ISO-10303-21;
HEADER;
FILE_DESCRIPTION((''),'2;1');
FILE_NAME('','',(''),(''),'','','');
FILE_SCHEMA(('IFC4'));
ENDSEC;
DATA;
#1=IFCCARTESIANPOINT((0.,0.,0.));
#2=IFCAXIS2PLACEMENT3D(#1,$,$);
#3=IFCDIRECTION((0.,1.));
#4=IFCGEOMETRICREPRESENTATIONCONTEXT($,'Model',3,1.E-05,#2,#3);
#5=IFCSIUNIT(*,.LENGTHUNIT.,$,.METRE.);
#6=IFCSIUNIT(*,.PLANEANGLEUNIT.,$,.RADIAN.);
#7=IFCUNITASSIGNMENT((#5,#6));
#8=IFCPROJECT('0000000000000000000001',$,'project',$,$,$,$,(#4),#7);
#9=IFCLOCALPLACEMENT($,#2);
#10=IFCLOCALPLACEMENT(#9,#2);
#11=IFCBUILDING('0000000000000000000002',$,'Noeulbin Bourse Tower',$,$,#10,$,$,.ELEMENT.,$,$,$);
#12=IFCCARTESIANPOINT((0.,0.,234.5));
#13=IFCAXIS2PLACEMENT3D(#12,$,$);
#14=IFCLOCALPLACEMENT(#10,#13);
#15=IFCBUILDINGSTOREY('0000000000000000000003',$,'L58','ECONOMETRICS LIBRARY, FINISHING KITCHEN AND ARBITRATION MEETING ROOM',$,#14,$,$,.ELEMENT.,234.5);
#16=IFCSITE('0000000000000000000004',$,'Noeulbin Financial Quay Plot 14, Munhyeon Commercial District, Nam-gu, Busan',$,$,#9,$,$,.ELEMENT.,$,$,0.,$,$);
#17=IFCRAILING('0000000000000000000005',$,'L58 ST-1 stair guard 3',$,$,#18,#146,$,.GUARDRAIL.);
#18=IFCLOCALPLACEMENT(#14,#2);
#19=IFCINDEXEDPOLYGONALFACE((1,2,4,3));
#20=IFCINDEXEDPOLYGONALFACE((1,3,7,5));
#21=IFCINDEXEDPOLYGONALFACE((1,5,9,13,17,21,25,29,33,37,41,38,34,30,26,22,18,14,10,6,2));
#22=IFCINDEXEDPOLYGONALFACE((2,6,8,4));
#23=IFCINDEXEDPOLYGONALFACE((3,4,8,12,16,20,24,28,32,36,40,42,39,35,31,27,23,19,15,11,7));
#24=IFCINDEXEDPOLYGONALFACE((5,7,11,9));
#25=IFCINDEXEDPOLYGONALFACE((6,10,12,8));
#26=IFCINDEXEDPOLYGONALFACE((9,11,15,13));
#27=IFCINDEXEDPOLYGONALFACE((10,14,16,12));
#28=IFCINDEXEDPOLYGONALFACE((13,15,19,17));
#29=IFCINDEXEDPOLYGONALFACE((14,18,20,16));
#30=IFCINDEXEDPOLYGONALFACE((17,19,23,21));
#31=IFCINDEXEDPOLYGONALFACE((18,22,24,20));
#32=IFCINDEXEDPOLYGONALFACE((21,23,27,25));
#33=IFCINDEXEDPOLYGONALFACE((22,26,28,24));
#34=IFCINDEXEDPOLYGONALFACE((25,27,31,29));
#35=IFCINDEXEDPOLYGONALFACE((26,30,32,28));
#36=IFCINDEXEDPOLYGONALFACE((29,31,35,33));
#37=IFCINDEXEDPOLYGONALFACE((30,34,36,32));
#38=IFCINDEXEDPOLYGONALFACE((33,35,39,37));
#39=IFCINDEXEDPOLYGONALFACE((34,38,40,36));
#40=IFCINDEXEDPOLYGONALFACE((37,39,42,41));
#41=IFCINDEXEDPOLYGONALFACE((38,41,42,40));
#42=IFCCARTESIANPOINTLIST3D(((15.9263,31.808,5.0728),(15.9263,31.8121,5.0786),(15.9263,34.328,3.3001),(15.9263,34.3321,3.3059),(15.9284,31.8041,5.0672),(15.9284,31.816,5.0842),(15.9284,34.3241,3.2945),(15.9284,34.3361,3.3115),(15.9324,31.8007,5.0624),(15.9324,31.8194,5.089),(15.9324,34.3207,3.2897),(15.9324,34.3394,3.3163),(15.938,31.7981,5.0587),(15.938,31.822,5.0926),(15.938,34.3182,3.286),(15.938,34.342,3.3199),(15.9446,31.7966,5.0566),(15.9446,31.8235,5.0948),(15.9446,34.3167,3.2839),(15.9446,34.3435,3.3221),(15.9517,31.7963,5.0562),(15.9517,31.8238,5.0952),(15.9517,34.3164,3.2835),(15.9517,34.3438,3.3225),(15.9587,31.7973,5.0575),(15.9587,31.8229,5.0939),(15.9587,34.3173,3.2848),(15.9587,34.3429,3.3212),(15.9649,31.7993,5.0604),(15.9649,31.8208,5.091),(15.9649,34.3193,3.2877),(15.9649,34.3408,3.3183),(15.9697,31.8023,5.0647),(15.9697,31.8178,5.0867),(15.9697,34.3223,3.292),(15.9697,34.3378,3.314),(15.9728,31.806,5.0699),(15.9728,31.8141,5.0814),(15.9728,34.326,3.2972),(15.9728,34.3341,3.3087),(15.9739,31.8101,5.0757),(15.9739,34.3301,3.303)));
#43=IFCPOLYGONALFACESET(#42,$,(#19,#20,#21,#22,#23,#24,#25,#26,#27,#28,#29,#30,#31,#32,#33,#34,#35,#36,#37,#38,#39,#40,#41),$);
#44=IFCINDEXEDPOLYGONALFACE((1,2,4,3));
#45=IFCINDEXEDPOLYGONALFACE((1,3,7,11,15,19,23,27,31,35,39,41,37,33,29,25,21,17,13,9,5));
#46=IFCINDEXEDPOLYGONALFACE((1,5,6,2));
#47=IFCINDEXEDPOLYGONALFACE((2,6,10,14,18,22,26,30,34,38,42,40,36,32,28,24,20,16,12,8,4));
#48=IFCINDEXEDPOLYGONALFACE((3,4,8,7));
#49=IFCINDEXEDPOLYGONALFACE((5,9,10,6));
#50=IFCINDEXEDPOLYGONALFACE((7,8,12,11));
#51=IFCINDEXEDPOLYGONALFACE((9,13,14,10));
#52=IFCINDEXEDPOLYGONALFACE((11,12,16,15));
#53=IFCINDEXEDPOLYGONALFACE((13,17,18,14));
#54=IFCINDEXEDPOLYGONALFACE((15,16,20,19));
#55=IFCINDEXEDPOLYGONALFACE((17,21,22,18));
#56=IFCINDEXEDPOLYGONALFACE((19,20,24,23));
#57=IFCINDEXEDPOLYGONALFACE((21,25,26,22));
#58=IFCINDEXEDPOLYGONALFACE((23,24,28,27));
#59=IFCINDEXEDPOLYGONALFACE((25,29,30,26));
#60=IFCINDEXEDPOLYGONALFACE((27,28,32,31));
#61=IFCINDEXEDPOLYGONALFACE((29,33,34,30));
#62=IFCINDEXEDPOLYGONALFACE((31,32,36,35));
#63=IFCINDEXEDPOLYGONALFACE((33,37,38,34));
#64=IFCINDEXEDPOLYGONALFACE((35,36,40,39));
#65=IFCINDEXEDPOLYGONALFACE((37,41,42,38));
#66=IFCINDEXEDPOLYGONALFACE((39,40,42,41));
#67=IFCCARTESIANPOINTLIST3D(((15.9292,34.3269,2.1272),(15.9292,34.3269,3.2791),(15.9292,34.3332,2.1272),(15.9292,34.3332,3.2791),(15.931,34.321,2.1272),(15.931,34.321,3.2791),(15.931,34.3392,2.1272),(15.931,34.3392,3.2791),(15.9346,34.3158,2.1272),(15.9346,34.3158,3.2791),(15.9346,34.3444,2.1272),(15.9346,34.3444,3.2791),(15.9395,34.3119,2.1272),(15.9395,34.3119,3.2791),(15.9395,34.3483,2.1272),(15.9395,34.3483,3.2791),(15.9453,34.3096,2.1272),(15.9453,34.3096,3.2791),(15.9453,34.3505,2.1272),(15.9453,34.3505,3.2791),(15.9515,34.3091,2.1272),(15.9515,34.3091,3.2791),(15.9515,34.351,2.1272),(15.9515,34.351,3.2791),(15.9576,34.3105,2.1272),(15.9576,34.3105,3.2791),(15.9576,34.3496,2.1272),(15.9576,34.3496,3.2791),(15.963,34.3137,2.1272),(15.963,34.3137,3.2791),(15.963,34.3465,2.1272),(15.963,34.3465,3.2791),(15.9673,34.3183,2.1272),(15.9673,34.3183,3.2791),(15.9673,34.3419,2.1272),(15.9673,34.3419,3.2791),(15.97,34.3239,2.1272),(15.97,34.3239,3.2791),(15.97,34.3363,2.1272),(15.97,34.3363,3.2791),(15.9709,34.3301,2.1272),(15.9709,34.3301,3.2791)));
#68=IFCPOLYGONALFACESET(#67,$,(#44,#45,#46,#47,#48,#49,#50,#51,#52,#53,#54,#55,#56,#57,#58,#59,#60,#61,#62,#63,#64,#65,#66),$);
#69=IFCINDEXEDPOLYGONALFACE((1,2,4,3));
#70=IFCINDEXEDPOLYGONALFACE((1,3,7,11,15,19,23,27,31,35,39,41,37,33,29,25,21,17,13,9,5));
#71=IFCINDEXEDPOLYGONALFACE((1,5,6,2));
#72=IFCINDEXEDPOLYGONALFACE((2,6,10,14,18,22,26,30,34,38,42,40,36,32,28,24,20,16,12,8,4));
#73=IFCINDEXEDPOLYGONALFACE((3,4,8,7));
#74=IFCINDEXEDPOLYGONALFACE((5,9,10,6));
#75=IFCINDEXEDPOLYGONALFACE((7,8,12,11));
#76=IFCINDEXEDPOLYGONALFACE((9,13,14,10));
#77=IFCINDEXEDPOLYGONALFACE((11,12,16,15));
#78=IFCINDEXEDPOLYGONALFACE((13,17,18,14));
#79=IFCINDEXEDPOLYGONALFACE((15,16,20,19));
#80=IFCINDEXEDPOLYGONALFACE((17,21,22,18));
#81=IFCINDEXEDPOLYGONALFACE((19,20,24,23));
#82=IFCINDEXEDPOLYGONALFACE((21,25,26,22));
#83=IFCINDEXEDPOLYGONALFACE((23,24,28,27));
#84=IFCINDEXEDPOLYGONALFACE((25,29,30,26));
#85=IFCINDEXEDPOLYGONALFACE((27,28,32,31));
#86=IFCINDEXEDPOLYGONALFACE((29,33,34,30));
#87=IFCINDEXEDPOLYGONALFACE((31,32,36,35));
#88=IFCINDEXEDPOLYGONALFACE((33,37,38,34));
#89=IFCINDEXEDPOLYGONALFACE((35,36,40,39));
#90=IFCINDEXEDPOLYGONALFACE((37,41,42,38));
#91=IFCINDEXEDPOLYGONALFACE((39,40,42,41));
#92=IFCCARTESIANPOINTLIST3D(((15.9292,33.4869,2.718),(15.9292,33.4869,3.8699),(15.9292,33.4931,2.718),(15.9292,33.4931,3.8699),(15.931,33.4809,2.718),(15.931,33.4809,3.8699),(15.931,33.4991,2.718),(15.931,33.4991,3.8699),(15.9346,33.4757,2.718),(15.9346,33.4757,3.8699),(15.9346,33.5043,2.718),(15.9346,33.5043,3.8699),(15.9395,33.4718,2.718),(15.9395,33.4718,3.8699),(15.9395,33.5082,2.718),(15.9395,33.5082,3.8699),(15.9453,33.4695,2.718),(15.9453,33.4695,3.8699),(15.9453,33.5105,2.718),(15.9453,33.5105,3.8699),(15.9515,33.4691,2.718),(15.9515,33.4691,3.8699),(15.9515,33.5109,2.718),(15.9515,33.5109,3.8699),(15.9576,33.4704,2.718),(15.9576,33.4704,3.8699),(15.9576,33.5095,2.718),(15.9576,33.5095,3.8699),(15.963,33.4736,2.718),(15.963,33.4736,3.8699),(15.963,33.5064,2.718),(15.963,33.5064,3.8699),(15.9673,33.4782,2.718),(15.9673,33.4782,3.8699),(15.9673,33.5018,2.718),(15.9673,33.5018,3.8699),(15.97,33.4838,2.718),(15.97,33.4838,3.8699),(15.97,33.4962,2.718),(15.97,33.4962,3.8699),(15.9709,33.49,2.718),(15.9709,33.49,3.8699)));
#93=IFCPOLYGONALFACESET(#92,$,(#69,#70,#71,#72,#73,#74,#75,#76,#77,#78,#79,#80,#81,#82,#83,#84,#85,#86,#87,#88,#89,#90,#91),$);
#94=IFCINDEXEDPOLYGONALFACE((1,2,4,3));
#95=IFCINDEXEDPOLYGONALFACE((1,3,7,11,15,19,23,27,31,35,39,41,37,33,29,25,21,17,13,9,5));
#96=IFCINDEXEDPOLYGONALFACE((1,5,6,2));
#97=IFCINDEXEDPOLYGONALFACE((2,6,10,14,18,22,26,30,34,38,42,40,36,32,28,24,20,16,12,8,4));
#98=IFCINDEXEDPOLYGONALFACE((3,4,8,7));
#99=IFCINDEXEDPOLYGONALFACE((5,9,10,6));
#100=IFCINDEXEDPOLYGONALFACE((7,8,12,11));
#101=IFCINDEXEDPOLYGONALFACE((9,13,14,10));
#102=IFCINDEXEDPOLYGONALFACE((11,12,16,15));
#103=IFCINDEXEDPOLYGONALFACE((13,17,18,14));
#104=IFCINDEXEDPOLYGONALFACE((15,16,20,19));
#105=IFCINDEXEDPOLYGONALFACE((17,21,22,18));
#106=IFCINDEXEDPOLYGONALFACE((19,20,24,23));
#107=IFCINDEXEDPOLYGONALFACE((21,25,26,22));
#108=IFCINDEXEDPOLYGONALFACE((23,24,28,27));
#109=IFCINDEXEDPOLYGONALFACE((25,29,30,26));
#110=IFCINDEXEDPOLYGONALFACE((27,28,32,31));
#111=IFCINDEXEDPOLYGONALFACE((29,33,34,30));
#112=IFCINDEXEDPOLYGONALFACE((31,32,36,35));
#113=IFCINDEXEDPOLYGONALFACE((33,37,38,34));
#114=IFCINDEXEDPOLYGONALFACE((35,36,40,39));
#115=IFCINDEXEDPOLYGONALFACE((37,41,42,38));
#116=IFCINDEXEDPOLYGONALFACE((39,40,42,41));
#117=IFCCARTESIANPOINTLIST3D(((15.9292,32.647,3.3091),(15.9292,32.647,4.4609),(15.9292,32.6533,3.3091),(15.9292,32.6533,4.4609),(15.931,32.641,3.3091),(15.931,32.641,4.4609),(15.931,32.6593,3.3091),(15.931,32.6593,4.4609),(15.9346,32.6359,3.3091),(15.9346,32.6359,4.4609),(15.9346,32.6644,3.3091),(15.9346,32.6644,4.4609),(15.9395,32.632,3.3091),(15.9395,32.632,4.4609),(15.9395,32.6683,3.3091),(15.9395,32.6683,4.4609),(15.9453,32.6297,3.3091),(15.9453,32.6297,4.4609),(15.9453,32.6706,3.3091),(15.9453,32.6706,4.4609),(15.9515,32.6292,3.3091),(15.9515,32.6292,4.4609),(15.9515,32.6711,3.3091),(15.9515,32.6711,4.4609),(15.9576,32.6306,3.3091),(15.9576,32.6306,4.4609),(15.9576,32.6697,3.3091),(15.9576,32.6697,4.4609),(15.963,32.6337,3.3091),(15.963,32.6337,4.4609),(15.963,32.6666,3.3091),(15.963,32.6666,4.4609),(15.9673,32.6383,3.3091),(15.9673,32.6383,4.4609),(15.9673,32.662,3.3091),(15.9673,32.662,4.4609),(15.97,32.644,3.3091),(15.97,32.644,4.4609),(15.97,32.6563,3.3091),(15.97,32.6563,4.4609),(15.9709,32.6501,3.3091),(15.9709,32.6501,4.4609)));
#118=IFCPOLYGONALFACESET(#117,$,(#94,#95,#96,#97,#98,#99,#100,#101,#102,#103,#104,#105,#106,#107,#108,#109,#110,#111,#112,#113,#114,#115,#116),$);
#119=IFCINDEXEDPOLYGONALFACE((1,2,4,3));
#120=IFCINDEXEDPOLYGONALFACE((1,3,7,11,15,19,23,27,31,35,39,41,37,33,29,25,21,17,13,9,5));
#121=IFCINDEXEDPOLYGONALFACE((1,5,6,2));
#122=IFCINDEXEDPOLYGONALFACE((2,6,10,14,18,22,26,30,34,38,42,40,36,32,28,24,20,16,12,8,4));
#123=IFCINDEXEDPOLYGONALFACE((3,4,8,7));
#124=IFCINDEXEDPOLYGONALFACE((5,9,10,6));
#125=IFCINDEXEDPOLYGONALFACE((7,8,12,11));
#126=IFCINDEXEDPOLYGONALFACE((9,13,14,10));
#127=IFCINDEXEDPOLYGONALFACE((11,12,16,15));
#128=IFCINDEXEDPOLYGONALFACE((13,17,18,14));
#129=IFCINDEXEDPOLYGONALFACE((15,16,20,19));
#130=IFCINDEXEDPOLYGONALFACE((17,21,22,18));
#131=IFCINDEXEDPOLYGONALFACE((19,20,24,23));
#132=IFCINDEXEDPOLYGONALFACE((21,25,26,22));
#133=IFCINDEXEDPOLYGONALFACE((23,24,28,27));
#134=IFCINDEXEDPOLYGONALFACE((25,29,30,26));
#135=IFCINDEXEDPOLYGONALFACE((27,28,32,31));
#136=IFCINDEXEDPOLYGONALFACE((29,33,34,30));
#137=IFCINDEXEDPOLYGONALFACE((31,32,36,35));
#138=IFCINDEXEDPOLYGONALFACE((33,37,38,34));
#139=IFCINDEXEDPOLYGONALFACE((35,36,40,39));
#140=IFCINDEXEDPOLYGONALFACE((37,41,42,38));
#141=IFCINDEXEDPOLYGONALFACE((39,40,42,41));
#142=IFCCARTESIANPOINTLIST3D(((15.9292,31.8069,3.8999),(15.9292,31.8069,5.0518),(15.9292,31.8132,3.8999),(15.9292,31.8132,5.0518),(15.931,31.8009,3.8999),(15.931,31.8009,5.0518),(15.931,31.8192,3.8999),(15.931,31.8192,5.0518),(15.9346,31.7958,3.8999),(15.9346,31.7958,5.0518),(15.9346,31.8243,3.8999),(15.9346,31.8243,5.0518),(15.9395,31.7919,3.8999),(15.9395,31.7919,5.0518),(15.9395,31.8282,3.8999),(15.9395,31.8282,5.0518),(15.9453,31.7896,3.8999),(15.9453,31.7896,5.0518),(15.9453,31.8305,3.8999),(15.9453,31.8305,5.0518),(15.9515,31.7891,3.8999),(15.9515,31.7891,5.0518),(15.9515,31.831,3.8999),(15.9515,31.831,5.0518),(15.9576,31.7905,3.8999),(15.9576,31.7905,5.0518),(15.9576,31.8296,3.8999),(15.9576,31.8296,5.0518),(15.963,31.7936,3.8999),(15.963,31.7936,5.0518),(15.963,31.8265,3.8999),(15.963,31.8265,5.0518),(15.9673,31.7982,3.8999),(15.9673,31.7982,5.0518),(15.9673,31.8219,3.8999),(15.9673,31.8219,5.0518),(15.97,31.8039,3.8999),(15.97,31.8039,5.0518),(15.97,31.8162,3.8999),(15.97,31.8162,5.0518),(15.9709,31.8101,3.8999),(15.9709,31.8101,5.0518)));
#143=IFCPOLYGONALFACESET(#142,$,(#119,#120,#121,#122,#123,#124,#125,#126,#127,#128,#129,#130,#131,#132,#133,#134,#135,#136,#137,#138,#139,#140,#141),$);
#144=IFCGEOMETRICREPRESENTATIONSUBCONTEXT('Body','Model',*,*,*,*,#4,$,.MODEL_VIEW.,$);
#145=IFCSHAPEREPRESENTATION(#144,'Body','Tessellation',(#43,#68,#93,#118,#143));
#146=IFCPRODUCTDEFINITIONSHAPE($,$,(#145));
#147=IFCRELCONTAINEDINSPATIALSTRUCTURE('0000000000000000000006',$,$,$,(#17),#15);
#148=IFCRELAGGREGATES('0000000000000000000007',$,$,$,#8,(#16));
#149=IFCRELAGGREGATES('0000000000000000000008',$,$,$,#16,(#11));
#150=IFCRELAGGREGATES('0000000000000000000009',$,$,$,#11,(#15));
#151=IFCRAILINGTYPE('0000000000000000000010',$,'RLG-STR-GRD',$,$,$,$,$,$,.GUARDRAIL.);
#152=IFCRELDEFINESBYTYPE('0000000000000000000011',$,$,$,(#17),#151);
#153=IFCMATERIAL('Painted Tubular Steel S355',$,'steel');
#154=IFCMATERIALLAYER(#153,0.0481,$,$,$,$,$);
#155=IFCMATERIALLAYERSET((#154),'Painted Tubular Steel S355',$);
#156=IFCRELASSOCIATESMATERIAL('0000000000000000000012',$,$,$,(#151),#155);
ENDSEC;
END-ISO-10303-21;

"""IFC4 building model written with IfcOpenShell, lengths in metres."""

from ifc_helpers import new_model, si_unit, direction, frame, origin, origin_2d, place, context, subcontext, project, spatial, circle, extrude, material, layer, layer_set, type_object, element, save


model = new_model("IFC4")

# Units and contexts
model_context = context("Model", 3, precision=1e-05, world=origin(), true_north=direction((0.0, 1.0)))
body_context = subcontext(model_context, "Body", "Model", "MODEL_VIEW")
ifc_project = project(units=[si_unit("LENGTHUNIT", "METRE"), si_unit("PLANEANGLEUNIT", "RADIAN")], contexts=[model_context])

# Site, building, storey
site_placement = place(None, origin())
site = spatial("IfcSite", under=ifc_project, at=site_placement, Name="Noeulbin Financial Quay Plot 14, Munhyeon Commercial District, Nam-gu, Busan", CompositionType="ELEMENT", RefElevation=0.0)
building_placement = place(site_placement, origin())
building = spatial("IfcBuilding", under=site, at=building_placement, Name="Noeulbin Bourse Tower", CompositionType="ELEMENT")
storey_placement = place(building_placement, frame((0.0, 0.0, 234.5)))
storey = spatial("IfcBuildingStorey", under=building, at=storey_placement, Name="L58", Description="ECONOMETRICS LIBRARY, FINISHING KITCHEN AND ARBITRATION MEETING ROOM", CompositionType="ELEMENT", Elevation=234.5)

# Railing
ifc_material_1 = material(Name="Painted Tubular Steel S355", Category="steel")
ifc_layer_1 = layer(ifc_material_1, 0.0481)
ifc_layer_set_1 = layer_set([ifc_layer_1], Name="Painted Tubular Steel S355")
railing_type_1 = type_object("IfcRailingType", Name="RLG-STR-GRD", PredefinedType="GUARDRAIL", material=ifc_layer_set_1)
railing_1_placement = place(storey_placement, frame((15.95, 34.3301, 2.1272)))
element("IfcRailing", 1, at=railing_1_placement, inside=storey, type_object=railing_type_1, Name="L58 ST-1 stair guard 3", PredefinedType="GUARDRAIL", context=body_context, shape_type="SweptSolid", body=[
    extrude(circle(Radius=0.0239, at=origin_2d()), frame((0.0, 0.0, 1.1758), z_axis=(0.0, -0.817904, 0.575354), x_axis=(1.0, 0.0, 0.0)), (0.0, 0.0, 1.0), 3.0811),
    extrude(circle(Radius=0.021, at=origin_2d()), origin(), (0.0, 0.0, 1.0), 1.1519),
    extrude(circle(Radius=0.021, at=origin_2d()), frame((0.0, -0.8401, 0.5908)), (0.0, 0.0, 1.0), 1.1519),
    extrude(circle(Radius=0.021, at=origin_2d()), frame((0.0, -1.6799, 1.1819)), (0.0, 0.0, 1.0), 1.1519),
    extrude(circle(Radius=0.021, at=origin_2d()), frame((0.0, -2.52, 1.7727)), (0.0, 0.0, 1.0), 1.1519),
])

save(model, "model.ifc")
